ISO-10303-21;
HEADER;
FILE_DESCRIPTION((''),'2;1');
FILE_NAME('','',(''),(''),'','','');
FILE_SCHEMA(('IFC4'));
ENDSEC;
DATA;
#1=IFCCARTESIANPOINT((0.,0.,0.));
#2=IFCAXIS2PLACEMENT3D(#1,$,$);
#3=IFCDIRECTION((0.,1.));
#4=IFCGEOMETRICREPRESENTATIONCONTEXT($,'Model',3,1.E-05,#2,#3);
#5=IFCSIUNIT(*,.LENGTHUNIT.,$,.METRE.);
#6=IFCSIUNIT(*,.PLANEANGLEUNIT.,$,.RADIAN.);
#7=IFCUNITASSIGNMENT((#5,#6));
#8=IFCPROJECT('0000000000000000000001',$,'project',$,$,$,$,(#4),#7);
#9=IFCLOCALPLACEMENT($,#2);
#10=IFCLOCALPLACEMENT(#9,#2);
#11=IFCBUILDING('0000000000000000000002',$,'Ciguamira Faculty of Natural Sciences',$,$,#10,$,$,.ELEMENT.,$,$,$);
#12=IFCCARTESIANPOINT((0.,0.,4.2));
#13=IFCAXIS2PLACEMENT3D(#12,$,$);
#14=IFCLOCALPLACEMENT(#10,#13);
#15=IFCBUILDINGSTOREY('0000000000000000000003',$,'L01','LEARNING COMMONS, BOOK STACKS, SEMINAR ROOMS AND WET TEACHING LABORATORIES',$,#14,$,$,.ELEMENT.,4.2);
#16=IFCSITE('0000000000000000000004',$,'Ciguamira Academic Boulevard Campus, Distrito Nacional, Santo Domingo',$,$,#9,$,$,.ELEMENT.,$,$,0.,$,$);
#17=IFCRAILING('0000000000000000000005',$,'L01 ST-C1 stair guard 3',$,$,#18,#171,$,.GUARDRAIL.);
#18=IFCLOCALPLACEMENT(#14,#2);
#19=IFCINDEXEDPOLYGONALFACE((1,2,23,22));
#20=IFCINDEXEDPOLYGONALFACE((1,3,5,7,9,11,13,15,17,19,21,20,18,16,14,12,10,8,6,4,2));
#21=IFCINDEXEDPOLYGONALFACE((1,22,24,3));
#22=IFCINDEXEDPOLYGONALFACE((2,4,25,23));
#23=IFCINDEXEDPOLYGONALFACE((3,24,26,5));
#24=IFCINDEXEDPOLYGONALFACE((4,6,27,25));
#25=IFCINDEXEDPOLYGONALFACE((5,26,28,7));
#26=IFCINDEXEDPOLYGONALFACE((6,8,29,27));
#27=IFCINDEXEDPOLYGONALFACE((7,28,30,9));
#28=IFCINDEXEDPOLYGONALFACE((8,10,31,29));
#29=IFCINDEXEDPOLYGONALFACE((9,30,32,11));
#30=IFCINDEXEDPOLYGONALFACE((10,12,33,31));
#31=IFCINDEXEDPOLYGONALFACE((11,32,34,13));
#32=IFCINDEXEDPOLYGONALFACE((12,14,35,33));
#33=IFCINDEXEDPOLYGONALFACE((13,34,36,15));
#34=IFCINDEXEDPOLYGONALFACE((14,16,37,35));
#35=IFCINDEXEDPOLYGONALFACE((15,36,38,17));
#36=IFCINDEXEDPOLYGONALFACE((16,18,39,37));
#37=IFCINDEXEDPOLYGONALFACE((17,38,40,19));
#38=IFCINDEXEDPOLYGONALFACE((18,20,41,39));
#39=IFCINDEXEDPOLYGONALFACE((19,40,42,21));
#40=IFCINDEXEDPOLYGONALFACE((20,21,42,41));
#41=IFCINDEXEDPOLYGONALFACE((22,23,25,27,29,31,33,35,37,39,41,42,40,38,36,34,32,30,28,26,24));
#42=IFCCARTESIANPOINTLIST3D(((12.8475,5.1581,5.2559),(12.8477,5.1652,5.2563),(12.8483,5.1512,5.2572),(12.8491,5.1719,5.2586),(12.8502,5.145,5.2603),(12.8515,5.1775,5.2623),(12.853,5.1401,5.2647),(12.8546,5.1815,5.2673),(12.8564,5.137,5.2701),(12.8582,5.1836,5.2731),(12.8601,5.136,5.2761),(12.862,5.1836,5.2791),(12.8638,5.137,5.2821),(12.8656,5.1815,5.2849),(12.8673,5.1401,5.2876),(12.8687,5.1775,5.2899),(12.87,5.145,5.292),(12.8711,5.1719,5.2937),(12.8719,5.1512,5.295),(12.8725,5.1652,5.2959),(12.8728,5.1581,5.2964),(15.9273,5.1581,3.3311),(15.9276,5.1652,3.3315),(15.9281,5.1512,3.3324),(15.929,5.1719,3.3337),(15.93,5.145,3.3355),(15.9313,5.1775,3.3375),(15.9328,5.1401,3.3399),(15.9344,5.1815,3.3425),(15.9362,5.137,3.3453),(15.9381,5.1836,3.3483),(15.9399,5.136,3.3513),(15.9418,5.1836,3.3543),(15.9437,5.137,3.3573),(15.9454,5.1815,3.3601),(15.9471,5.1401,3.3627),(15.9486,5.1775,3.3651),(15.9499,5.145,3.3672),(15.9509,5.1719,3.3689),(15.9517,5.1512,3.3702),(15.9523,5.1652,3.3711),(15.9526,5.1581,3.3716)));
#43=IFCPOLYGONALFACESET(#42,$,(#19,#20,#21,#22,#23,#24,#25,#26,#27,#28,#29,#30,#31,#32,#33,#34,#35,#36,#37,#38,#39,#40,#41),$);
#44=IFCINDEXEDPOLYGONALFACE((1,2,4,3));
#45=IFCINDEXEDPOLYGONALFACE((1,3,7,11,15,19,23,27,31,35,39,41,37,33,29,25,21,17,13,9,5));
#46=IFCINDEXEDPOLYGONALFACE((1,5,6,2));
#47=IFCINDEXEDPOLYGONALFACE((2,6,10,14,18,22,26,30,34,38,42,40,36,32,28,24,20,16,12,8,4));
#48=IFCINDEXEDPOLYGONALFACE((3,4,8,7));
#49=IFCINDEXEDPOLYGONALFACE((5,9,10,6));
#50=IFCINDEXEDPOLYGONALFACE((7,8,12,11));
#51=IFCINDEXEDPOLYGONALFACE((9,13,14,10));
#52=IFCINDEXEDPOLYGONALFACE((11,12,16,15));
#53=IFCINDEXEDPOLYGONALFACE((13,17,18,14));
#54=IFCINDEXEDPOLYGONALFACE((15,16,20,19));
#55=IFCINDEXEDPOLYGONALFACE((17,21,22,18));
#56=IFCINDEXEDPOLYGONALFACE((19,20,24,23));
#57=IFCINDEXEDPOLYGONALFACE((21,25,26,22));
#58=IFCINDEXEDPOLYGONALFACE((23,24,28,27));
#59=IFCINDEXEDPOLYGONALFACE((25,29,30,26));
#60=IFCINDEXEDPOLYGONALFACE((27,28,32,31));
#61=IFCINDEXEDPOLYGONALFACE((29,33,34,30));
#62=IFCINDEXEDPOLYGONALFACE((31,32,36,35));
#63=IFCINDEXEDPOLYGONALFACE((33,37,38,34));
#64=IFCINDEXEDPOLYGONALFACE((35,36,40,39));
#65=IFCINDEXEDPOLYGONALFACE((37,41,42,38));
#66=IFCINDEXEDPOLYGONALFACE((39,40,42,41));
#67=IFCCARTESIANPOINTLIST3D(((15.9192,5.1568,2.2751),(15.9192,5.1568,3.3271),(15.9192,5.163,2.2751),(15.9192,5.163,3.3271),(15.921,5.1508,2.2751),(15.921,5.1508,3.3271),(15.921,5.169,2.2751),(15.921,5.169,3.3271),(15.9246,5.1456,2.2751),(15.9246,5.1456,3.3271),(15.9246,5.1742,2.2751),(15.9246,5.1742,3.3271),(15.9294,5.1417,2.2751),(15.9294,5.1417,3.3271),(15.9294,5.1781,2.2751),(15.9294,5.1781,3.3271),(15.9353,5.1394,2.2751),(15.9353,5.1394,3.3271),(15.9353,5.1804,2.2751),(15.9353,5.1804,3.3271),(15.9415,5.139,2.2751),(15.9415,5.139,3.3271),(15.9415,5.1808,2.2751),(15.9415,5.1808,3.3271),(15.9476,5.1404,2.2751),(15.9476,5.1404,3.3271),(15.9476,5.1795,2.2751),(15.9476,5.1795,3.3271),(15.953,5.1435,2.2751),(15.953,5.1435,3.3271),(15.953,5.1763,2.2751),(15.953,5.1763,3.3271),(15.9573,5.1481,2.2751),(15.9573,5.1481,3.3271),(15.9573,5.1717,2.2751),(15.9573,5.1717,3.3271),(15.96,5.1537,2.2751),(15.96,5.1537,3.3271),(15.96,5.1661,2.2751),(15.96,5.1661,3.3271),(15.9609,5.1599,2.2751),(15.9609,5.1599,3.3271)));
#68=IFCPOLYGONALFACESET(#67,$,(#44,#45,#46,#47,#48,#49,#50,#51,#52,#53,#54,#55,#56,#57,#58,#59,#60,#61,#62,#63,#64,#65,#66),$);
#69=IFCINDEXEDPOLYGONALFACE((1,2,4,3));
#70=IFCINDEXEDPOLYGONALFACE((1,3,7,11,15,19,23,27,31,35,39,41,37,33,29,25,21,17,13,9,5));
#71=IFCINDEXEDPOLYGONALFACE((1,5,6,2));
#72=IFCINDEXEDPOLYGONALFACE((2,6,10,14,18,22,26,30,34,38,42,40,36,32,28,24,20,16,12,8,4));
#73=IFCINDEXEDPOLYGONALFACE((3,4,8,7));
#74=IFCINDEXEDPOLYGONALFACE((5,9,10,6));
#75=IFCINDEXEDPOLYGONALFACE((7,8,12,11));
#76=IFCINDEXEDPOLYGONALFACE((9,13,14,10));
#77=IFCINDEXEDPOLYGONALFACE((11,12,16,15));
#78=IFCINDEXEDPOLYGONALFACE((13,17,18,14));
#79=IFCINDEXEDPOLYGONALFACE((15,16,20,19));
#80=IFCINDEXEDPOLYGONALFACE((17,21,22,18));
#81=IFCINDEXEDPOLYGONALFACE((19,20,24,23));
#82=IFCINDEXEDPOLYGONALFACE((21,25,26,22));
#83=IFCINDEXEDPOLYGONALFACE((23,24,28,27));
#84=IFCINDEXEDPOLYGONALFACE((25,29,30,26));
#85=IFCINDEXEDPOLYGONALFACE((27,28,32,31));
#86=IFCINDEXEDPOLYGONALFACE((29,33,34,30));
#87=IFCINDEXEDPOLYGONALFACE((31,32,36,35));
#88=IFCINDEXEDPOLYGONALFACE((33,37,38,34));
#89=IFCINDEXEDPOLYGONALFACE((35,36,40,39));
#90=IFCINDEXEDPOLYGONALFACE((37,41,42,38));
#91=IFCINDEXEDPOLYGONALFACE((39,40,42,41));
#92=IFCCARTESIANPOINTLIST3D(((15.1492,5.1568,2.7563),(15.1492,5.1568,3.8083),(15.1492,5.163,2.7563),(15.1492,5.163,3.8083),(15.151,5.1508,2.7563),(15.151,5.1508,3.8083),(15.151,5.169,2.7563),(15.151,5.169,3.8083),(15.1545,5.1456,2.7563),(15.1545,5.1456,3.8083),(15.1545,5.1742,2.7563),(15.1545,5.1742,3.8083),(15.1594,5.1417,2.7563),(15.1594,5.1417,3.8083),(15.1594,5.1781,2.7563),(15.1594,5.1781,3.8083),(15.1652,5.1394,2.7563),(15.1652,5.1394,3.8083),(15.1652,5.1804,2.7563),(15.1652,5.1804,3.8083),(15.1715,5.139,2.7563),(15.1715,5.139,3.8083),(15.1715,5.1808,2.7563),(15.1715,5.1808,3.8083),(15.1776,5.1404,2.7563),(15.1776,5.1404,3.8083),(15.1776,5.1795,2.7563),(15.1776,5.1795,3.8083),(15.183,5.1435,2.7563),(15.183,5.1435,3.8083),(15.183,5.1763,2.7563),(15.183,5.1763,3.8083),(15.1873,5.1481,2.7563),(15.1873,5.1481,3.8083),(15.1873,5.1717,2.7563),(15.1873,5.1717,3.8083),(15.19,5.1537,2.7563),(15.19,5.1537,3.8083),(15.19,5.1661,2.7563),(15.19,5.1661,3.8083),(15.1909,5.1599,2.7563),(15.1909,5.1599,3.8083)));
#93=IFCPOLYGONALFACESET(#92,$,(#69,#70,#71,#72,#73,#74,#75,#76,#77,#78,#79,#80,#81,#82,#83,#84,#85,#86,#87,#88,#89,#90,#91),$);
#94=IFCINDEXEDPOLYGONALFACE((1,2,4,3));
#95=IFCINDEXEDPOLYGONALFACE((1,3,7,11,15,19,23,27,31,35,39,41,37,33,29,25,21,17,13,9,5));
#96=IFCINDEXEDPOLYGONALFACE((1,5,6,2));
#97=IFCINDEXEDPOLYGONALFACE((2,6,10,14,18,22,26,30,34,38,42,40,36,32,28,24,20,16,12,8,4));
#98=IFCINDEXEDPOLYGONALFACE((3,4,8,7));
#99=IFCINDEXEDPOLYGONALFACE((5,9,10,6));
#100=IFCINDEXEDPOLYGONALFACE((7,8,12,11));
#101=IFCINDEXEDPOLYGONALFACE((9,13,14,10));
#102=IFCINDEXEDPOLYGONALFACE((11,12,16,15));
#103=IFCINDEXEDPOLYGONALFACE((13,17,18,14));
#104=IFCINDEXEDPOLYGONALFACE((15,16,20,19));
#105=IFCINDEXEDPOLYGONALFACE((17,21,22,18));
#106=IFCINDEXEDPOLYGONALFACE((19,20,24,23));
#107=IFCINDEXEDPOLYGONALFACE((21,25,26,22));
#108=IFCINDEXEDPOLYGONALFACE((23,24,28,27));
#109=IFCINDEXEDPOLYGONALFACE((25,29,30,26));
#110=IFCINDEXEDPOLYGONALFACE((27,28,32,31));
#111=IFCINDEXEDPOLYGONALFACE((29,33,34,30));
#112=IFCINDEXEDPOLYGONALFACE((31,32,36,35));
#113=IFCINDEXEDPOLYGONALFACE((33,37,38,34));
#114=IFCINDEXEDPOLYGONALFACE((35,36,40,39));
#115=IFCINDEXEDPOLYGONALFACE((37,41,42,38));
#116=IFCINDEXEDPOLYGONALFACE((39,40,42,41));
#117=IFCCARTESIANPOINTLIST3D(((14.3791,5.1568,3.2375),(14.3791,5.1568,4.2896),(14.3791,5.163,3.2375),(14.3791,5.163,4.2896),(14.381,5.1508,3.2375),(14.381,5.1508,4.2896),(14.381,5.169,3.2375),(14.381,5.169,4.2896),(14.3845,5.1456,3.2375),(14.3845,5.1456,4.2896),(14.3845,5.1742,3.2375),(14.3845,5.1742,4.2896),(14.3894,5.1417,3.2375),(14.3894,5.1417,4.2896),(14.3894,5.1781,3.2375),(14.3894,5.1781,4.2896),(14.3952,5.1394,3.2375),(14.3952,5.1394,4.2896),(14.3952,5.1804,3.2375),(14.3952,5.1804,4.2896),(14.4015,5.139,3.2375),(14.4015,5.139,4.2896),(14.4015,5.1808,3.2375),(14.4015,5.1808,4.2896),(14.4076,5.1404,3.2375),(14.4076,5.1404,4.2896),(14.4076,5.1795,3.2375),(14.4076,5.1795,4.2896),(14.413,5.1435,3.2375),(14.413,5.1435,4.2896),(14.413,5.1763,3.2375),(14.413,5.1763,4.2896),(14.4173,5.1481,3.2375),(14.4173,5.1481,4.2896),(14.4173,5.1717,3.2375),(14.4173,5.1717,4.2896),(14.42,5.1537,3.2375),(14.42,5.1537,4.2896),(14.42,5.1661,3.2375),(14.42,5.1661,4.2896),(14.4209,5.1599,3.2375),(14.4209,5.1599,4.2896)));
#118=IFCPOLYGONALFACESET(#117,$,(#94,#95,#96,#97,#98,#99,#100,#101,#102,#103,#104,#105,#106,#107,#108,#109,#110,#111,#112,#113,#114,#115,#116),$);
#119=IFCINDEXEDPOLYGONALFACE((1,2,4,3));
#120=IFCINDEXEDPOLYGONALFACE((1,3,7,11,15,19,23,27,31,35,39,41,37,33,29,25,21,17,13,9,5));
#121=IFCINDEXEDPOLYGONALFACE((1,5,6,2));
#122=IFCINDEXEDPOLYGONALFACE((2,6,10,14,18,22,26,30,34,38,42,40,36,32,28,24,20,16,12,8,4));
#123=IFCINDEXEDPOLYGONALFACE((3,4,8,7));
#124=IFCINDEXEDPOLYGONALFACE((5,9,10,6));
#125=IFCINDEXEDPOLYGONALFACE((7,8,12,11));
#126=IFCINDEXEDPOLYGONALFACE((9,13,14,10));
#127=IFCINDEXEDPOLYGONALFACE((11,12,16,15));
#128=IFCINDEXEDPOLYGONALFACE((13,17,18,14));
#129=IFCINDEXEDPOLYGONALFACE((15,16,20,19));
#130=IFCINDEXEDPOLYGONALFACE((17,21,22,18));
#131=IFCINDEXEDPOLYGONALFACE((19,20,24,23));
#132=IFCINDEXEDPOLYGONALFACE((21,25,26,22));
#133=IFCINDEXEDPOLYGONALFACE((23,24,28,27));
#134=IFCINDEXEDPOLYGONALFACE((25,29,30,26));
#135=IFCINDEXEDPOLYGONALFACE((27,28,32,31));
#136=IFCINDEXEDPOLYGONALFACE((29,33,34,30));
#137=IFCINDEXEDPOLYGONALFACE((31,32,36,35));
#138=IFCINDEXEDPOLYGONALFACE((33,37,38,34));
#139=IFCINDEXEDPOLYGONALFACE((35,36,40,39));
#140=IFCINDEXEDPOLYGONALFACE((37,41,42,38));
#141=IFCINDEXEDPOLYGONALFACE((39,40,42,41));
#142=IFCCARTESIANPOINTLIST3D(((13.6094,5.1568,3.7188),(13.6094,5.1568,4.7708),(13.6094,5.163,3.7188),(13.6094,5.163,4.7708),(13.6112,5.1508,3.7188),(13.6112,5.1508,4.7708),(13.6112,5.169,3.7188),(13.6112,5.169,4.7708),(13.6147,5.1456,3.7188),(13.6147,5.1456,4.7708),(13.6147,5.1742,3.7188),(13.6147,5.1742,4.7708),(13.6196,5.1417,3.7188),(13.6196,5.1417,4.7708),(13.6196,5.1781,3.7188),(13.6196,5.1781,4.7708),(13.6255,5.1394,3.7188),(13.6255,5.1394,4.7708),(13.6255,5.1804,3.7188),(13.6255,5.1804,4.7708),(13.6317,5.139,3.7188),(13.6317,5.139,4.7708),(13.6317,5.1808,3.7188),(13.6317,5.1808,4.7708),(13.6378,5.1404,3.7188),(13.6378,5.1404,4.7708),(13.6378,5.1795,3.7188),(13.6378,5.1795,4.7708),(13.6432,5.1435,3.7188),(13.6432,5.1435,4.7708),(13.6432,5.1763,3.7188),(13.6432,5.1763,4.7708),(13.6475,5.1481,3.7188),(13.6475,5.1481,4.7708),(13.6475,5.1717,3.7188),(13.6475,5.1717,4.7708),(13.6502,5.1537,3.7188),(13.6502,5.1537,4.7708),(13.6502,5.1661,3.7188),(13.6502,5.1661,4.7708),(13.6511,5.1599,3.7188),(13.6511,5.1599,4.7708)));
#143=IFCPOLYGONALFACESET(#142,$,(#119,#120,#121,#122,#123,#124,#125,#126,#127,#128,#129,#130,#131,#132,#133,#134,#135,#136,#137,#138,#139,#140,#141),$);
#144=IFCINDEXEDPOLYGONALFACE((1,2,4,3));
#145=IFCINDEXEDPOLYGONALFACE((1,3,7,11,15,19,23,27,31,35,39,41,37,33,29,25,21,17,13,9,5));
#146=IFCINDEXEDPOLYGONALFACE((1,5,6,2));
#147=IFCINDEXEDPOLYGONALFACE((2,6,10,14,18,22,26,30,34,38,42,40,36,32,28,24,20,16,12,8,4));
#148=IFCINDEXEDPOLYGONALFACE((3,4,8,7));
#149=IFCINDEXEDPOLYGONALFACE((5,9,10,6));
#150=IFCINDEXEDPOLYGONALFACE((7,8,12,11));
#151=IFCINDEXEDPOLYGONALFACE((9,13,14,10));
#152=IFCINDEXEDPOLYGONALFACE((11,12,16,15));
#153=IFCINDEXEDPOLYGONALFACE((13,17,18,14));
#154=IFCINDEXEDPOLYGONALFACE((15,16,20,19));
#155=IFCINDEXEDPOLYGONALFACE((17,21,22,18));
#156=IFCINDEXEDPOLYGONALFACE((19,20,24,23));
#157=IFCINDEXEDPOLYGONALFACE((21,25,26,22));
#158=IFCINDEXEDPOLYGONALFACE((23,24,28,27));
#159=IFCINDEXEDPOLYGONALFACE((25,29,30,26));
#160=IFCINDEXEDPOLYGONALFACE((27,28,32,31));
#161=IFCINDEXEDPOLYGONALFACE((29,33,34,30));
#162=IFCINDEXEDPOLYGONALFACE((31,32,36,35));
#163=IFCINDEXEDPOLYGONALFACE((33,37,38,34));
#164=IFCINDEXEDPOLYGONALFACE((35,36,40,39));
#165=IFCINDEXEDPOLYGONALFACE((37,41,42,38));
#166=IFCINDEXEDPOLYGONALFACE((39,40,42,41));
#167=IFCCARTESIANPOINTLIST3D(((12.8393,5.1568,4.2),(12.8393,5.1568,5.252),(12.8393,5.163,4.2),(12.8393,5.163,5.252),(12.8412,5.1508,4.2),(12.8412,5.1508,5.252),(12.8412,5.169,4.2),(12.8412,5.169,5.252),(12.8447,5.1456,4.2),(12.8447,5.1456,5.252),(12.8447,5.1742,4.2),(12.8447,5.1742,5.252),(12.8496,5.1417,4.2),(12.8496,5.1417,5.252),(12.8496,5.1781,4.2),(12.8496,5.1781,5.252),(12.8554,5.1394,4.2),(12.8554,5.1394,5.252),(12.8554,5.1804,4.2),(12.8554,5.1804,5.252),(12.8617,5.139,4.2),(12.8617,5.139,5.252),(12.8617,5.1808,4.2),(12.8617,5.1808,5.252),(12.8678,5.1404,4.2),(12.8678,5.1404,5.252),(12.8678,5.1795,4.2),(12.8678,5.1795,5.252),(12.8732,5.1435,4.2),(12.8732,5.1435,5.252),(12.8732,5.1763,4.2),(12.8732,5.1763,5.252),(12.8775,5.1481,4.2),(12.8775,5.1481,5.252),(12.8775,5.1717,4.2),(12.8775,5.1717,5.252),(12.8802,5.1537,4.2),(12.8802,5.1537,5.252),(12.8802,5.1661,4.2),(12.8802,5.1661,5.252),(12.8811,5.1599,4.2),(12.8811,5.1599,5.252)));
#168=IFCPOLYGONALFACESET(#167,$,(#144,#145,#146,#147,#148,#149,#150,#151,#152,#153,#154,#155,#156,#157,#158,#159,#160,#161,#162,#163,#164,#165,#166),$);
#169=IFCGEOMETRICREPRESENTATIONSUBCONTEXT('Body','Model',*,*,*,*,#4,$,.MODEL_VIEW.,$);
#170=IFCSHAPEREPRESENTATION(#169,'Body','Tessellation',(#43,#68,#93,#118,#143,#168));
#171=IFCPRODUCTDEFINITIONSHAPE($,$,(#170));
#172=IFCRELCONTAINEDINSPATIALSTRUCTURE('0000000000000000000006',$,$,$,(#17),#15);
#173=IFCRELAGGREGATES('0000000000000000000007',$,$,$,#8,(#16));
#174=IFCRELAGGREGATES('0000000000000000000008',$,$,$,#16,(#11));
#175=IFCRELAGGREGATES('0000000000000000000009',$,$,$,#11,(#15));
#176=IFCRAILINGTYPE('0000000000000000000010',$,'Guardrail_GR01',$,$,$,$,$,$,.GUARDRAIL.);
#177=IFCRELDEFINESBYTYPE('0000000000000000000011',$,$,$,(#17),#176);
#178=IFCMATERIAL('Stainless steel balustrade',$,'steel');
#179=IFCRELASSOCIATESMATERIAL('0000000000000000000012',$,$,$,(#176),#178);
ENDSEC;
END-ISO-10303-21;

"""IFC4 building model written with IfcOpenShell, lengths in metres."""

from ifc_helpers import new_model, si_unit, direction, frame, origin, origin_2d, place, context, subcontext, project, spatial, circle, extrude, material, type_object, element, save


model = new_model("IFC4")

# Units and contexts
model_context = context("Model", 3, precision=1e-05, world=origin(), true_north=direction((0.0, 1.0)))
body_context = subcontext(model_context, "Body", "Model", "MODEL_VIEW")
ifc_project = project(units=[si_unit("LENGTHUNIT", "METRE"), si_unit("PLANEANGLEUNIT", "RADIAN")], contexts=[model_context])

# Site, building, storey
site_placement = place(None, origin())
site = spatial("IfcSite", under=ifc_project, at=site_placement, Name="Ciguamira Academic Boulevard Campus, Distrito Nacional, Santo Domingo", CompositionType="ELEMENT", RefElevation=0.0)
building_placement = place(site_placement, origin())
building = spatial("IfcBuilding", under=site, at=building_placement, Name="Ciguamira Faculty of Natural Sciences", CompositionType="ELEMENT")
storey_placement = place(building_placement, frame((0.0, 0.0, 4.2)))
storey = spatial("IfcBuildingStorey", under=building, at=storey_placement, Name="L01", Description="LEARNING COMMONS, BOOK STACKS, SEMINAR ROOMS AND WET TEACHING LABORATORIES", CompositionType="ELEMENT", Elevation=4.2)

# Railing
ifc_material_1 = material(Name="Stainless steel balustrade", Category="steel")
railing_type_1 = type_object("IfcRailingType", Name="Guardrail_GR01", PredefinedType="GUARDRAIL", material=ifc_material_1)
railing_1_placement = place(storey_placement, frame((15.9399, 5.1599, 2.2751)))
element("IfcRailing", 1, at=railing_1_placement, inside=storey, type_object=railing_type_1, Name="L01 ST-C1 stair guard 3", PredefinedType="GUARDRAIL", context=body_context, shape_type="SweptSolid", body=[
    extrude(circle(Radius=0.0239, at=origin_2d()), frame((0.0, 0.0, 1.0762), z_axis=(-0.84801, 0.0, 0.529981), x_axis=(0.0, -1.0, 0.0)), (0.0, 0.0, 1.0), 3.6318),
    extrude(circle(Radius=0.021, at=origin_2d()), origin(), (0.0, 0.0, 1.0), 1.052),
    extrude(circle(Radius=0.021, at=origin_2d()), frame((-0.77, 0.0, 0.4812)), (0.0, 0.0, 1.0), 1.052),
    extrude(circle(Radius=0.021, at=origin_2d()), frame((-1.54, 0.0, 0.9624)), (0.0, 0.0, 1.0), 1.052),
    extrude(circle(Radius=0.021, at=origin_2d()), frame((-2.3098, 0.0, 1.4436)), (0.0, 0.0, 1.0), 1.052),
    extrude(circle(Radius=0.021, at=origin_2d()), frame((-3.0798, 0.0, 1.9248)), (0.0, 0.0, 1.0), 1.052),
])

save(model, "model.ifc")
